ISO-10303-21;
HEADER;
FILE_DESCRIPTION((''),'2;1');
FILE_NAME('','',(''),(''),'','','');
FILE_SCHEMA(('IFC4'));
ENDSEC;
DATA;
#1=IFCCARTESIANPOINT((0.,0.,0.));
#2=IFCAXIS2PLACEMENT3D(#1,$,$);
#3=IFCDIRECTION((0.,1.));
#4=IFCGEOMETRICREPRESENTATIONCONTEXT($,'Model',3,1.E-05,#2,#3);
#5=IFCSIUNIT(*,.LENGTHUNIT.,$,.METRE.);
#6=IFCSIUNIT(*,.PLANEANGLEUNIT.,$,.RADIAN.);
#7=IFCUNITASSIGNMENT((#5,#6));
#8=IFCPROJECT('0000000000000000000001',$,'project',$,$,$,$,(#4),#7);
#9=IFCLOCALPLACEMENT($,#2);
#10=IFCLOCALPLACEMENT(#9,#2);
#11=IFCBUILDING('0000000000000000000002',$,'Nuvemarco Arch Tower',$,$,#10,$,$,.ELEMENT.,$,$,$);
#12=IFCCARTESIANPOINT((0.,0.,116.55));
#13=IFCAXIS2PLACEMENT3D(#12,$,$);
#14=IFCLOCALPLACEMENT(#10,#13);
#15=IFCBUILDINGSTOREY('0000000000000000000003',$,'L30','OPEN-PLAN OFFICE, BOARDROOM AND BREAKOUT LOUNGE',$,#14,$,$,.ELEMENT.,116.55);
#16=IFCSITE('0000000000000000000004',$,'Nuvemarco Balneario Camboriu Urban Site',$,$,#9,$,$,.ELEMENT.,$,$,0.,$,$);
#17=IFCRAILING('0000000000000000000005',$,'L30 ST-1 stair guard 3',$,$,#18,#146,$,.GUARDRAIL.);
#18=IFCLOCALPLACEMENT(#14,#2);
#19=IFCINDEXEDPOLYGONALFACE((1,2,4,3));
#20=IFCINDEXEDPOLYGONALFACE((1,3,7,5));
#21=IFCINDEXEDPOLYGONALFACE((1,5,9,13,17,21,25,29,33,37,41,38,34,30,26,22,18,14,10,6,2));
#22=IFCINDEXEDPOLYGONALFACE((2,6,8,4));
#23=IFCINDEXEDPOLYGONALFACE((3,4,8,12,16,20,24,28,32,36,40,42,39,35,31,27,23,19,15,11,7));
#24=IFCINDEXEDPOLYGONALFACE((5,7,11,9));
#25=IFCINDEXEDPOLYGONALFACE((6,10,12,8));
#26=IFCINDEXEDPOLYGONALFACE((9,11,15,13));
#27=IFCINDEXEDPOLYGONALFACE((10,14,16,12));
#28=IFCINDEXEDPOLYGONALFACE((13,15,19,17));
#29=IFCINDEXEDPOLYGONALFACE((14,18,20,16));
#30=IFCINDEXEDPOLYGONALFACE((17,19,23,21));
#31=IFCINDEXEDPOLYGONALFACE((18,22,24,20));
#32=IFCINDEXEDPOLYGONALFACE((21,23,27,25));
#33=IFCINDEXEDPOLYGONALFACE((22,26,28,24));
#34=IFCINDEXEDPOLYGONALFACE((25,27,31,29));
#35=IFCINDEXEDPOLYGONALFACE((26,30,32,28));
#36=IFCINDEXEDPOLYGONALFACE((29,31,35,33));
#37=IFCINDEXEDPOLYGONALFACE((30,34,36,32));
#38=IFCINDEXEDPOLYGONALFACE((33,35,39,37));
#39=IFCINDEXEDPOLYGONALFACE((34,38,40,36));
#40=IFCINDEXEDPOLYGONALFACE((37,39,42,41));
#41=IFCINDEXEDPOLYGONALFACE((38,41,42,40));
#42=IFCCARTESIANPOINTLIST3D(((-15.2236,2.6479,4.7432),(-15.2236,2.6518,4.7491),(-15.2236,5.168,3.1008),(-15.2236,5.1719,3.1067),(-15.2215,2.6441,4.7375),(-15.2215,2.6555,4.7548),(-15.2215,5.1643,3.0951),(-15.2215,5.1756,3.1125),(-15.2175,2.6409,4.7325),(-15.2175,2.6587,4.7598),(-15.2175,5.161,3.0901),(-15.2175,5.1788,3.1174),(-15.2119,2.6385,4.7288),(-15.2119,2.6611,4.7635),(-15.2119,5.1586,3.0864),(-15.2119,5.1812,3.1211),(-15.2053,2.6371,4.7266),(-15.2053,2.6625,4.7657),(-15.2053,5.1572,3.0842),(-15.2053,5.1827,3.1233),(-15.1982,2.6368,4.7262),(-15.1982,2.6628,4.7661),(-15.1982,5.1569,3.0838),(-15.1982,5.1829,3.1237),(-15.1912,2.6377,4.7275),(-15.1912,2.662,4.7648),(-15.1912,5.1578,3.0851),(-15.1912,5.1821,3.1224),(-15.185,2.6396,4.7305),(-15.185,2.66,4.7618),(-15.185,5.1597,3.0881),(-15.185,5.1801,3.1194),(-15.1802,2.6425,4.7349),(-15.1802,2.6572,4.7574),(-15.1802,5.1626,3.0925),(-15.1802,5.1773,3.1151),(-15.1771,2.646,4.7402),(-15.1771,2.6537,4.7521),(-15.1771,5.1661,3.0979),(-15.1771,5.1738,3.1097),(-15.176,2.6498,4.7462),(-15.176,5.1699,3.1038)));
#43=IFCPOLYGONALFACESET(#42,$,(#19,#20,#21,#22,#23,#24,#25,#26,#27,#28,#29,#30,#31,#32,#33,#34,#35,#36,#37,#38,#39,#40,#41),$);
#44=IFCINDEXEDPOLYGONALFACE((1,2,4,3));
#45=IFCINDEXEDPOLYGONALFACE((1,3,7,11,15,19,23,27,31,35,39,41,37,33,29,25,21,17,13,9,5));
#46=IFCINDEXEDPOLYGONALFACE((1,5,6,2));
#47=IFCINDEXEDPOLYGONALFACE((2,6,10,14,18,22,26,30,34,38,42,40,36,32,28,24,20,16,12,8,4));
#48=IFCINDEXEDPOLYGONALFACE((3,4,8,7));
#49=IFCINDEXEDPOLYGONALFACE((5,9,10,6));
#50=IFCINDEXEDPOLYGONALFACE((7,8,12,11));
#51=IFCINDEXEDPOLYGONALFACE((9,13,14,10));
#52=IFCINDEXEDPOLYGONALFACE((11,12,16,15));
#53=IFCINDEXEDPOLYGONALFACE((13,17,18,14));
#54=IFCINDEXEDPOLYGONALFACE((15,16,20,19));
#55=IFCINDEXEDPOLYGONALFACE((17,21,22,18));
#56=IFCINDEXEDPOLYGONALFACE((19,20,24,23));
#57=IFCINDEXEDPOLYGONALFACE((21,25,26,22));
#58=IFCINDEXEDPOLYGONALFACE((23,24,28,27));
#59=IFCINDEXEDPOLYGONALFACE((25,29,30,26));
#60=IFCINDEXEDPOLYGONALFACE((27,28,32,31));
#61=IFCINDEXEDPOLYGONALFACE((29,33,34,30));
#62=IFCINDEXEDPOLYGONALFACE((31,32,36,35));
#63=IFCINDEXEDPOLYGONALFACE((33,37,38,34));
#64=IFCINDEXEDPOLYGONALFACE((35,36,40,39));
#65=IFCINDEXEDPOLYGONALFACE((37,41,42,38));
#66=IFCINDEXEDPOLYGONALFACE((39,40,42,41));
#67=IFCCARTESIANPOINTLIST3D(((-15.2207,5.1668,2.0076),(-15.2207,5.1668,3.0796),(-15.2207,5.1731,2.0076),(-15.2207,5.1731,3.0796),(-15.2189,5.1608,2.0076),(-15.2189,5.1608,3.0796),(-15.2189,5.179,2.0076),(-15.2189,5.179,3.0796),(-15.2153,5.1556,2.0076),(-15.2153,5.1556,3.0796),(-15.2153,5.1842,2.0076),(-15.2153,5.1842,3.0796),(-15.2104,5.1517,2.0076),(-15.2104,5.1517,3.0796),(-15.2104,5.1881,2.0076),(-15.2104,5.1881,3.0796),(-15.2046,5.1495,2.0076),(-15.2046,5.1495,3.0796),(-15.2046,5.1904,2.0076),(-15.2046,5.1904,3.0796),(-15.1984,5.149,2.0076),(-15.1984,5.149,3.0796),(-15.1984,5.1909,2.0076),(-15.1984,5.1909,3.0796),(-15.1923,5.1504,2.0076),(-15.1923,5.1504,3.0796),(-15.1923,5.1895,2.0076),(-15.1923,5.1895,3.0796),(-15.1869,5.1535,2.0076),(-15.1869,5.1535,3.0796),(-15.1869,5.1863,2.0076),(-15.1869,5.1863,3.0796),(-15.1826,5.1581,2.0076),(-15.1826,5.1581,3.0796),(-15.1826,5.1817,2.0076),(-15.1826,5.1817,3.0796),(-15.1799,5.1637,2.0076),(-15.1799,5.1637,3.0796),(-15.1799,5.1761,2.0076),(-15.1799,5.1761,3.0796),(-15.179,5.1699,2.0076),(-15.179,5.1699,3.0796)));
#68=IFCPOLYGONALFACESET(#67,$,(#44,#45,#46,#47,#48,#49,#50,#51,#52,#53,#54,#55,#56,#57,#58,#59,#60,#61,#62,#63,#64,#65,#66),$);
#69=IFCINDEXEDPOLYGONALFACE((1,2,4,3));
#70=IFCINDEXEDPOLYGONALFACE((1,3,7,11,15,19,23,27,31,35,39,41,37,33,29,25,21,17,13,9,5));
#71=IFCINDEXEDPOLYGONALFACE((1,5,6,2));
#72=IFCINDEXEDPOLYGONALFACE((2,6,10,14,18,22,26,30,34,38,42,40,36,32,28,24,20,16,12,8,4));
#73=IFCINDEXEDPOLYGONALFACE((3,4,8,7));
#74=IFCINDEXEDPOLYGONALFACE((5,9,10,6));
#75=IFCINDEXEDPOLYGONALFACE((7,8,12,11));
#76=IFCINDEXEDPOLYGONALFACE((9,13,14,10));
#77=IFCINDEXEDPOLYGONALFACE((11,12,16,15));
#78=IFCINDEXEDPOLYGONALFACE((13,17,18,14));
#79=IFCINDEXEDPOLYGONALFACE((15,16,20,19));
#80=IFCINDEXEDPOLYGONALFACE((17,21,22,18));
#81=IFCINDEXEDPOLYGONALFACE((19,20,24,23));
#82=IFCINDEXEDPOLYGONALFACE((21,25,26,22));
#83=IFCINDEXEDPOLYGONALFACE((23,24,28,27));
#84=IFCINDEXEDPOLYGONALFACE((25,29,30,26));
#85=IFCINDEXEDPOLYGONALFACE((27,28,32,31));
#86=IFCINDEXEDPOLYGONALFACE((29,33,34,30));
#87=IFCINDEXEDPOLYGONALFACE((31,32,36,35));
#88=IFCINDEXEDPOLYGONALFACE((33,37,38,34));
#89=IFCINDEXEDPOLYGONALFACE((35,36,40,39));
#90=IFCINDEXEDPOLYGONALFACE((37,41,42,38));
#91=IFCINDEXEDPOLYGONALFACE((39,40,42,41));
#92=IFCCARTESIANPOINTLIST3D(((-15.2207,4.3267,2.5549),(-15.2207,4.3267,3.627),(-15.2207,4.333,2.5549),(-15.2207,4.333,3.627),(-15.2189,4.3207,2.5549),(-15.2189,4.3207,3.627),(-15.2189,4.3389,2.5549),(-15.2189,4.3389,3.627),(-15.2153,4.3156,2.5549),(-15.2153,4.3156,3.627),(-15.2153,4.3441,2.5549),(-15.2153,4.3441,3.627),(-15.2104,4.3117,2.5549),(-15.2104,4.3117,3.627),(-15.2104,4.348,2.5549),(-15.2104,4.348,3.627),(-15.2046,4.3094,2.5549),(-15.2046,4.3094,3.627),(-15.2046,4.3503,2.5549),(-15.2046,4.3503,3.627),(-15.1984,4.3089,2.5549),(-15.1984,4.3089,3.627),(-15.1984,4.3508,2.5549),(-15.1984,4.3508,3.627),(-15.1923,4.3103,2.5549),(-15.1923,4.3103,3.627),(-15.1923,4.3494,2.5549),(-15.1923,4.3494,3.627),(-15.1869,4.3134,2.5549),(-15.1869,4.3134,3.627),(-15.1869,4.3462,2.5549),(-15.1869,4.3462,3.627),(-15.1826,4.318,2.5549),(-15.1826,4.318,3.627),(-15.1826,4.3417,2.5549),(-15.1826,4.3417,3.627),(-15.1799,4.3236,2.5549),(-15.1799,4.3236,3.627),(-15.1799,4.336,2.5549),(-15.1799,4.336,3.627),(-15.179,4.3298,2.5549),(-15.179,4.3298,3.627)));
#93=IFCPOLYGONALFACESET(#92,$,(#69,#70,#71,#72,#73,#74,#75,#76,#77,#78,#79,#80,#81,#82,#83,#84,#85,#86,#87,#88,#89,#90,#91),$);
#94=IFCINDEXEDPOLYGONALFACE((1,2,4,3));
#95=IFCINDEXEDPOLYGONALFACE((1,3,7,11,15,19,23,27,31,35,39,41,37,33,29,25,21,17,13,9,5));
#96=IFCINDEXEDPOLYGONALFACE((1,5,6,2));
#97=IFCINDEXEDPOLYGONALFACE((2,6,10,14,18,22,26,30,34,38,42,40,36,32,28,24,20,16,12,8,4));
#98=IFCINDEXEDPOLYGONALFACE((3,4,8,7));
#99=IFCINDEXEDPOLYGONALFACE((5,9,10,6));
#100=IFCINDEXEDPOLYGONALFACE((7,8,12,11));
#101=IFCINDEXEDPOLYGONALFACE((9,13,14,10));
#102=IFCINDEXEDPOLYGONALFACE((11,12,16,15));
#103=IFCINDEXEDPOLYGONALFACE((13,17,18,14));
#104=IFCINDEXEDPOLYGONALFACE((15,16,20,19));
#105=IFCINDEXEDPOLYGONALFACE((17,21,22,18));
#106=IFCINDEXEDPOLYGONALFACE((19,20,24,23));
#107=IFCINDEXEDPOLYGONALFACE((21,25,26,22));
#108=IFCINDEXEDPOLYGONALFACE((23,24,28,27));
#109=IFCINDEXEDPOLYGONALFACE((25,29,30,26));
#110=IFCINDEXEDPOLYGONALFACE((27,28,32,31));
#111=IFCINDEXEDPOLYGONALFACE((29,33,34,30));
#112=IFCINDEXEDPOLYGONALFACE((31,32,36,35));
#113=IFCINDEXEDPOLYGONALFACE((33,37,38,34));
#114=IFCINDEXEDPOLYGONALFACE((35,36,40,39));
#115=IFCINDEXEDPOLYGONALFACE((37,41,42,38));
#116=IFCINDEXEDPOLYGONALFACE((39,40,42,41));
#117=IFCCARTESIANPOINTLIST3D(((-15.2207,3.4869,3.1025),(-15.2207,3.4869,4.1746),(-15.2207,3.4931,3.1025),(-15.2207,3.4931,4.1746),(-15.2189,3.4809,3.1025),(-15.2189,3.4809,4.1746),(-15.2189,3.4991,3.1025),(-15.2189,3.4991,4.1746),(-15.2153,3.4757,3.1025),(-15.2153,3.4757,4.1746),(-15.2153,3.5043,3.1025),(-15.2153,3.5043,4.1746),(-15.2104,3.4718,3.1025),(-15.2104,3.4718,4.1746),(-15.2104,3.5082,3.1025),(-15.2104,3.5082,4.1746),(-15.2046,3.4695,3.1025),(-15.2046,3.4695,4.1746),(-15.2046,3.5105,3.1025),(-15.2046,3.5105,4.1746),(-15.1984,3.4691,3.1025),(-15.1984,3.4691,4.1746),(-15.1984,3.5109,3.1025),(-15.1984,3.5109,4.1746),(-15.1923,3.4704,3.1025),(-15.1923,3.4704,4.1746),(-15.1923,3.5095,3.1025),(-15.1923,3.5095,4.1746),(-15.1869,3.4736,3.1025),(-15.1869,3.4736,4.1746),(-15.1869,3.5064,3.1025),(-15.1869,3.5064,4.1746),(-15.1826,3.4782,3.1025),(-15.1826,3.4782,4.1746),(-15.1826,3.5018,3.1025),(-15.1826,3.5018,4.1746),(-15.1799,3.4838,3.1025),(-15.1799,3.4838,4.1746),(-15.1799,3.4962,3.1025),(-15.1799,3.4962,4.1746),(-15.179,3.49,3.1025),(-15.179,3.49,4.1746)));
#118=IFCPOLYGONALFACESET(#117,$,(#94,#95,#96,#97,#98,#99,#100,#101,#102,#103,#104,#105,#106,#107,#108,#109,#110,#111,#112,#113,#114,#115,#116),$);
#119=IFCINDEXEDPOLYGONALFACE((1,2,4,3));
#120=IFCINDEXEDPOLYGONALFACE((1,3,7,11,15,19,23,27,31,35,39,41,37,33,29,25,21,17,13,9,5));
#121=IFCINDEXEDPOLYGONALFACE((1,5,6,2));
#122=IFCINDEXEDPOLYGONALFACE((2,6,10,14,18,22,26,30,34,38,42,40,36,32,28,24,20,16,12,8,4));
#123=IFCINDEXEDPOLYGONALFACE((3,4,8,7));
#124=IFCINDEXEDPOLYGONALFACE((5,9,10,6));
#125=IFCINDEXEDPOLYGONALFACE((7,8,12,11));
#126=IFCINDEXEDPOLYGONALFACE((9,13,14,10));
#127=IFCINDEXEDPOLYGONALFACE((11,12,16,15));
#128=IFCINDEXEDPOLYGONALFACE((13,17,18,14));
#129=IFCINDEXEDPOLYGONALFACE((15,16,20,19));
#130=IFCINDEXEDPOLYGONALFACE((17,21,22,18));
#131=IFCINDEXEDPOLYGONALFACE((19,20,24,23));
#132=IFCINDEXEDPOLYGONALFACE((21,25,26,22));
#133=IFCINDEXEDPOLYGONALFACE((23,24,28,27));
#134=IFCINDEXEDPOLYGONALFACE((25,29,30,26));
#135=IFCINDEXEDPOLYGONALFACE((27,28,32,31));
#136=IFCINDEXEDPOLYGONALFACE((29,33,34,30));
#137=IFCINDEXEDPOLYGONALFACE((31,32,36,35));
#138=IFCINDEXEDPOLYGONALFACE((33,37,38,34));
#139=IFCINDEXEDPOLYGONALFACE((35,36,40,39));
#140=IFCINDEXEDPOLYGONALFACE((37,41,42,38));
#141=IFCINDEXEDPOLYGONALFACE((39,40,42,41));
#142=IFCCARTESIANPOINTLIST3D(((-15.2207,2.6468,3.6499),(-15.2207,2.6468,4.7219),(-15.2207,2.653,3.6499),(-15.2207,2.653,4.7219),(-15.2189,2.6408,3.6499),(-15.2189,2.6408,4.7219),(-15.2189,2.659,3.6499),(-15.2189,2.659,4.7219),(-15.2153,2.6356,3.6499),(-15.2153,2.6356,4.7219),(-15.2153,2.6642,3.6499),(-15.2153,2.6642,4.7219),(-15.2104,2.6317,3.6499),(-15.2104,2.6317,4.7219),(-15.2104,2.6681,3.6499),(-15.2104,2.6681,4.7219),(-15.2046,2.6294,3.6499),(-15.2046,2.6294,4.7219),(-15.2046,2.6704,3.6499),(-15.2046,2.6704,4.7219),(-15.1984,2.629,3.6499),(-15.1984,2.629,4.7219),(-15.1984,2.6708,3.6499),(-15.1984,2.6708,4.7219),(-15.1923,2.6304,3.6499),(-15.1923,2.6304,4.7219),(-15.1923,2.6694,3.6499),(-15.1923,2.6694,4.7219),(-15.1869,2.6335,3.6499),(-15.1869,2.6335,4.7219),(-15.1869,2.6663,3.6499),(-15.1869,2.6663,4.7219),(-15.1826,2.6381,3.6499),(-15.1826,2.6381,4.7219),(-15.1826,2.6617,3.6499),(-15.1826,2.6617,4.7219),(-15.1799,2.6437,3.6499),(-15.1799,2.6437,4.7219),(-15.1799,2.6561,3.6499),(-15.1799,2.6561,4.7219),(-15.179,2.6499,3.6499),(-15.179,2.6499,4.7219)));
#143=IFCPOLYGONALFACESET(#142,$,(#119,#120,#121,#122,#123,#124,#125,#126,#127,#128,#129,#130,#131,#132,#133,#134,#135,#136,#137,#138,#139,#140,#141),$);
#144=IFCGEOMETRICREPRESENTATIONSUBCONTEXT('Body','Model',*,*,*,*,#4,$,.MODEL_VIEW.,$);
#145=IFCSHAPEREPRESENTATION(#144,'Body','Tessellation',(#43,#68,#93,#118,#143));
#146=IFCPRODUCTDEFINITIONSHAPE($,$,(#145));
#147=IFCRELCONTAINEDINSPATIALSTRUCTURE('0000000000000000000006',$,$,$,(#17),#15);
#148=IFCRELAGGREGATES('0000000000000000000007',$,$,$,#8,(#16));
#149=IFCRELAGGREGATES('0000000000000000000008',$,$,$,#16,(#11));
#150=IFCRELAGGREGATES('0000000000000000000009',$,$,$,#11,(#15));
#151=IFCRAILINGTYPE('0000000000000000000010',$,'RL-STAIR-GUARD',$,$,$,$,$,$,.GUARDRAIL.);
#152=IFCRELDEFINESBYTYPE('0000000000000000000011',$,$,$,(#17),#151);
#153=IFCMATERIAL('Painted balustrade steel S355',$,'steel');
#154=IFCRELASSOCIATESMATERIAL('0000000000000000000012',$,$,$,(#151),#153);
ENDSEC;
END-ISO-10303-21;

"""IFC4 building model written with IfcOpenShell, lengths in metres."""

from ifc_helpers import new_model, si_unit, direction, frame, origin, origin_2d, place, context, subcontext, project, spatial, circle, extrude, material, type_object, element, save


model = new_model("IFC4")

# Units and contexts
model_context = context("Model", 3, precision=1e-05, world=origin(), true_north=direction((0.0, 1.0)))
body_context = subcontext(model_context, "Body", "Model", "MODEL_VIEW")
ifc_project = project(units=[si_unit("LENGTHUNIT", "METRE"), si_unit("PLANEANGLEUNIT", "RADIAN")], contexts=[model_context])

# Site, building, storey
site_placement = place(None, origin())
site = spatial("IfcSite", under=ifc_project, at=site_placement, Name="Nuvemarco Balneario Camboriu Urban Site", CompositionType="ELEMENT", RefElevation=0.0)
building_placement = place(site_placement, origin())
building = spatial("IfcBuilding", under=site, at=building_placement, Name="Nuvemarco Arch Tower", CompositionType="ELEMENT")
storey_placement = place(building_placement, frame((0.0, 0.0, 116.55)))
storey = spatial("IfcBuildingStorey", under=building, at=storey_placement, Name="L30", Description="OPEN-PLAN OFFICE, BOARDROOM AND BREAKOUT LOUNGE", CompositionType="ELEMENT", Elevation=116.55)

# Railing
ifc_material_1 = material(Name="Painted balustrade steel S355", Category="steel")
railing_type_1 = type_object("IfcRailingType", Name="RL-STAIR-GUARD", PredefinedType="GUARDRAIL", material=ifc_material_1)
railing_1_placement = place(storey_placement, frame((-15.2, 5.1699, 2.0076)))
element("IfcRailing", 1, at=railing_1_placement, inside=storey, type_object=railing_type_1, Name="L30 ST-1 stair guard 3", PredefinedType="GUARDRAIL", context=body_context, shape_type="SweptSolid", body=[
    extrude(circle(Radius=0.0239, at=origin_2d()), frame((0.0, 0.0, 1.0962), z_axis=(0.0, -0.837787, 0.545998), x_axis=(1.0, 0.0, 0.0)), (0.0, 0.0, 1.0), 3.0081),
    extrude(circle(Radius=0.021, at=origin_2d()), origin(), (0.0, 0.0, 1.0), 1.072),
    extrude(circle(Radius=0.021, at=origin_2d()), frame((0.0, -0.8401, 0.5474)), (0.0, 0.0, 1.0), 1.072),
    extrude(circle(Radius=0.021, at=origin_2d()), frame((0.0, -1.6799, 1.095)), (0.0, 0.0, 1.0), 1.072),
    extrude(circle(Radius=0.021, at=origin_2d()), frame((0.0, -2.52, 1.6423)), (0.0, 0.0, 1.0), 1.072),
])

save(model, "model.ifc")
